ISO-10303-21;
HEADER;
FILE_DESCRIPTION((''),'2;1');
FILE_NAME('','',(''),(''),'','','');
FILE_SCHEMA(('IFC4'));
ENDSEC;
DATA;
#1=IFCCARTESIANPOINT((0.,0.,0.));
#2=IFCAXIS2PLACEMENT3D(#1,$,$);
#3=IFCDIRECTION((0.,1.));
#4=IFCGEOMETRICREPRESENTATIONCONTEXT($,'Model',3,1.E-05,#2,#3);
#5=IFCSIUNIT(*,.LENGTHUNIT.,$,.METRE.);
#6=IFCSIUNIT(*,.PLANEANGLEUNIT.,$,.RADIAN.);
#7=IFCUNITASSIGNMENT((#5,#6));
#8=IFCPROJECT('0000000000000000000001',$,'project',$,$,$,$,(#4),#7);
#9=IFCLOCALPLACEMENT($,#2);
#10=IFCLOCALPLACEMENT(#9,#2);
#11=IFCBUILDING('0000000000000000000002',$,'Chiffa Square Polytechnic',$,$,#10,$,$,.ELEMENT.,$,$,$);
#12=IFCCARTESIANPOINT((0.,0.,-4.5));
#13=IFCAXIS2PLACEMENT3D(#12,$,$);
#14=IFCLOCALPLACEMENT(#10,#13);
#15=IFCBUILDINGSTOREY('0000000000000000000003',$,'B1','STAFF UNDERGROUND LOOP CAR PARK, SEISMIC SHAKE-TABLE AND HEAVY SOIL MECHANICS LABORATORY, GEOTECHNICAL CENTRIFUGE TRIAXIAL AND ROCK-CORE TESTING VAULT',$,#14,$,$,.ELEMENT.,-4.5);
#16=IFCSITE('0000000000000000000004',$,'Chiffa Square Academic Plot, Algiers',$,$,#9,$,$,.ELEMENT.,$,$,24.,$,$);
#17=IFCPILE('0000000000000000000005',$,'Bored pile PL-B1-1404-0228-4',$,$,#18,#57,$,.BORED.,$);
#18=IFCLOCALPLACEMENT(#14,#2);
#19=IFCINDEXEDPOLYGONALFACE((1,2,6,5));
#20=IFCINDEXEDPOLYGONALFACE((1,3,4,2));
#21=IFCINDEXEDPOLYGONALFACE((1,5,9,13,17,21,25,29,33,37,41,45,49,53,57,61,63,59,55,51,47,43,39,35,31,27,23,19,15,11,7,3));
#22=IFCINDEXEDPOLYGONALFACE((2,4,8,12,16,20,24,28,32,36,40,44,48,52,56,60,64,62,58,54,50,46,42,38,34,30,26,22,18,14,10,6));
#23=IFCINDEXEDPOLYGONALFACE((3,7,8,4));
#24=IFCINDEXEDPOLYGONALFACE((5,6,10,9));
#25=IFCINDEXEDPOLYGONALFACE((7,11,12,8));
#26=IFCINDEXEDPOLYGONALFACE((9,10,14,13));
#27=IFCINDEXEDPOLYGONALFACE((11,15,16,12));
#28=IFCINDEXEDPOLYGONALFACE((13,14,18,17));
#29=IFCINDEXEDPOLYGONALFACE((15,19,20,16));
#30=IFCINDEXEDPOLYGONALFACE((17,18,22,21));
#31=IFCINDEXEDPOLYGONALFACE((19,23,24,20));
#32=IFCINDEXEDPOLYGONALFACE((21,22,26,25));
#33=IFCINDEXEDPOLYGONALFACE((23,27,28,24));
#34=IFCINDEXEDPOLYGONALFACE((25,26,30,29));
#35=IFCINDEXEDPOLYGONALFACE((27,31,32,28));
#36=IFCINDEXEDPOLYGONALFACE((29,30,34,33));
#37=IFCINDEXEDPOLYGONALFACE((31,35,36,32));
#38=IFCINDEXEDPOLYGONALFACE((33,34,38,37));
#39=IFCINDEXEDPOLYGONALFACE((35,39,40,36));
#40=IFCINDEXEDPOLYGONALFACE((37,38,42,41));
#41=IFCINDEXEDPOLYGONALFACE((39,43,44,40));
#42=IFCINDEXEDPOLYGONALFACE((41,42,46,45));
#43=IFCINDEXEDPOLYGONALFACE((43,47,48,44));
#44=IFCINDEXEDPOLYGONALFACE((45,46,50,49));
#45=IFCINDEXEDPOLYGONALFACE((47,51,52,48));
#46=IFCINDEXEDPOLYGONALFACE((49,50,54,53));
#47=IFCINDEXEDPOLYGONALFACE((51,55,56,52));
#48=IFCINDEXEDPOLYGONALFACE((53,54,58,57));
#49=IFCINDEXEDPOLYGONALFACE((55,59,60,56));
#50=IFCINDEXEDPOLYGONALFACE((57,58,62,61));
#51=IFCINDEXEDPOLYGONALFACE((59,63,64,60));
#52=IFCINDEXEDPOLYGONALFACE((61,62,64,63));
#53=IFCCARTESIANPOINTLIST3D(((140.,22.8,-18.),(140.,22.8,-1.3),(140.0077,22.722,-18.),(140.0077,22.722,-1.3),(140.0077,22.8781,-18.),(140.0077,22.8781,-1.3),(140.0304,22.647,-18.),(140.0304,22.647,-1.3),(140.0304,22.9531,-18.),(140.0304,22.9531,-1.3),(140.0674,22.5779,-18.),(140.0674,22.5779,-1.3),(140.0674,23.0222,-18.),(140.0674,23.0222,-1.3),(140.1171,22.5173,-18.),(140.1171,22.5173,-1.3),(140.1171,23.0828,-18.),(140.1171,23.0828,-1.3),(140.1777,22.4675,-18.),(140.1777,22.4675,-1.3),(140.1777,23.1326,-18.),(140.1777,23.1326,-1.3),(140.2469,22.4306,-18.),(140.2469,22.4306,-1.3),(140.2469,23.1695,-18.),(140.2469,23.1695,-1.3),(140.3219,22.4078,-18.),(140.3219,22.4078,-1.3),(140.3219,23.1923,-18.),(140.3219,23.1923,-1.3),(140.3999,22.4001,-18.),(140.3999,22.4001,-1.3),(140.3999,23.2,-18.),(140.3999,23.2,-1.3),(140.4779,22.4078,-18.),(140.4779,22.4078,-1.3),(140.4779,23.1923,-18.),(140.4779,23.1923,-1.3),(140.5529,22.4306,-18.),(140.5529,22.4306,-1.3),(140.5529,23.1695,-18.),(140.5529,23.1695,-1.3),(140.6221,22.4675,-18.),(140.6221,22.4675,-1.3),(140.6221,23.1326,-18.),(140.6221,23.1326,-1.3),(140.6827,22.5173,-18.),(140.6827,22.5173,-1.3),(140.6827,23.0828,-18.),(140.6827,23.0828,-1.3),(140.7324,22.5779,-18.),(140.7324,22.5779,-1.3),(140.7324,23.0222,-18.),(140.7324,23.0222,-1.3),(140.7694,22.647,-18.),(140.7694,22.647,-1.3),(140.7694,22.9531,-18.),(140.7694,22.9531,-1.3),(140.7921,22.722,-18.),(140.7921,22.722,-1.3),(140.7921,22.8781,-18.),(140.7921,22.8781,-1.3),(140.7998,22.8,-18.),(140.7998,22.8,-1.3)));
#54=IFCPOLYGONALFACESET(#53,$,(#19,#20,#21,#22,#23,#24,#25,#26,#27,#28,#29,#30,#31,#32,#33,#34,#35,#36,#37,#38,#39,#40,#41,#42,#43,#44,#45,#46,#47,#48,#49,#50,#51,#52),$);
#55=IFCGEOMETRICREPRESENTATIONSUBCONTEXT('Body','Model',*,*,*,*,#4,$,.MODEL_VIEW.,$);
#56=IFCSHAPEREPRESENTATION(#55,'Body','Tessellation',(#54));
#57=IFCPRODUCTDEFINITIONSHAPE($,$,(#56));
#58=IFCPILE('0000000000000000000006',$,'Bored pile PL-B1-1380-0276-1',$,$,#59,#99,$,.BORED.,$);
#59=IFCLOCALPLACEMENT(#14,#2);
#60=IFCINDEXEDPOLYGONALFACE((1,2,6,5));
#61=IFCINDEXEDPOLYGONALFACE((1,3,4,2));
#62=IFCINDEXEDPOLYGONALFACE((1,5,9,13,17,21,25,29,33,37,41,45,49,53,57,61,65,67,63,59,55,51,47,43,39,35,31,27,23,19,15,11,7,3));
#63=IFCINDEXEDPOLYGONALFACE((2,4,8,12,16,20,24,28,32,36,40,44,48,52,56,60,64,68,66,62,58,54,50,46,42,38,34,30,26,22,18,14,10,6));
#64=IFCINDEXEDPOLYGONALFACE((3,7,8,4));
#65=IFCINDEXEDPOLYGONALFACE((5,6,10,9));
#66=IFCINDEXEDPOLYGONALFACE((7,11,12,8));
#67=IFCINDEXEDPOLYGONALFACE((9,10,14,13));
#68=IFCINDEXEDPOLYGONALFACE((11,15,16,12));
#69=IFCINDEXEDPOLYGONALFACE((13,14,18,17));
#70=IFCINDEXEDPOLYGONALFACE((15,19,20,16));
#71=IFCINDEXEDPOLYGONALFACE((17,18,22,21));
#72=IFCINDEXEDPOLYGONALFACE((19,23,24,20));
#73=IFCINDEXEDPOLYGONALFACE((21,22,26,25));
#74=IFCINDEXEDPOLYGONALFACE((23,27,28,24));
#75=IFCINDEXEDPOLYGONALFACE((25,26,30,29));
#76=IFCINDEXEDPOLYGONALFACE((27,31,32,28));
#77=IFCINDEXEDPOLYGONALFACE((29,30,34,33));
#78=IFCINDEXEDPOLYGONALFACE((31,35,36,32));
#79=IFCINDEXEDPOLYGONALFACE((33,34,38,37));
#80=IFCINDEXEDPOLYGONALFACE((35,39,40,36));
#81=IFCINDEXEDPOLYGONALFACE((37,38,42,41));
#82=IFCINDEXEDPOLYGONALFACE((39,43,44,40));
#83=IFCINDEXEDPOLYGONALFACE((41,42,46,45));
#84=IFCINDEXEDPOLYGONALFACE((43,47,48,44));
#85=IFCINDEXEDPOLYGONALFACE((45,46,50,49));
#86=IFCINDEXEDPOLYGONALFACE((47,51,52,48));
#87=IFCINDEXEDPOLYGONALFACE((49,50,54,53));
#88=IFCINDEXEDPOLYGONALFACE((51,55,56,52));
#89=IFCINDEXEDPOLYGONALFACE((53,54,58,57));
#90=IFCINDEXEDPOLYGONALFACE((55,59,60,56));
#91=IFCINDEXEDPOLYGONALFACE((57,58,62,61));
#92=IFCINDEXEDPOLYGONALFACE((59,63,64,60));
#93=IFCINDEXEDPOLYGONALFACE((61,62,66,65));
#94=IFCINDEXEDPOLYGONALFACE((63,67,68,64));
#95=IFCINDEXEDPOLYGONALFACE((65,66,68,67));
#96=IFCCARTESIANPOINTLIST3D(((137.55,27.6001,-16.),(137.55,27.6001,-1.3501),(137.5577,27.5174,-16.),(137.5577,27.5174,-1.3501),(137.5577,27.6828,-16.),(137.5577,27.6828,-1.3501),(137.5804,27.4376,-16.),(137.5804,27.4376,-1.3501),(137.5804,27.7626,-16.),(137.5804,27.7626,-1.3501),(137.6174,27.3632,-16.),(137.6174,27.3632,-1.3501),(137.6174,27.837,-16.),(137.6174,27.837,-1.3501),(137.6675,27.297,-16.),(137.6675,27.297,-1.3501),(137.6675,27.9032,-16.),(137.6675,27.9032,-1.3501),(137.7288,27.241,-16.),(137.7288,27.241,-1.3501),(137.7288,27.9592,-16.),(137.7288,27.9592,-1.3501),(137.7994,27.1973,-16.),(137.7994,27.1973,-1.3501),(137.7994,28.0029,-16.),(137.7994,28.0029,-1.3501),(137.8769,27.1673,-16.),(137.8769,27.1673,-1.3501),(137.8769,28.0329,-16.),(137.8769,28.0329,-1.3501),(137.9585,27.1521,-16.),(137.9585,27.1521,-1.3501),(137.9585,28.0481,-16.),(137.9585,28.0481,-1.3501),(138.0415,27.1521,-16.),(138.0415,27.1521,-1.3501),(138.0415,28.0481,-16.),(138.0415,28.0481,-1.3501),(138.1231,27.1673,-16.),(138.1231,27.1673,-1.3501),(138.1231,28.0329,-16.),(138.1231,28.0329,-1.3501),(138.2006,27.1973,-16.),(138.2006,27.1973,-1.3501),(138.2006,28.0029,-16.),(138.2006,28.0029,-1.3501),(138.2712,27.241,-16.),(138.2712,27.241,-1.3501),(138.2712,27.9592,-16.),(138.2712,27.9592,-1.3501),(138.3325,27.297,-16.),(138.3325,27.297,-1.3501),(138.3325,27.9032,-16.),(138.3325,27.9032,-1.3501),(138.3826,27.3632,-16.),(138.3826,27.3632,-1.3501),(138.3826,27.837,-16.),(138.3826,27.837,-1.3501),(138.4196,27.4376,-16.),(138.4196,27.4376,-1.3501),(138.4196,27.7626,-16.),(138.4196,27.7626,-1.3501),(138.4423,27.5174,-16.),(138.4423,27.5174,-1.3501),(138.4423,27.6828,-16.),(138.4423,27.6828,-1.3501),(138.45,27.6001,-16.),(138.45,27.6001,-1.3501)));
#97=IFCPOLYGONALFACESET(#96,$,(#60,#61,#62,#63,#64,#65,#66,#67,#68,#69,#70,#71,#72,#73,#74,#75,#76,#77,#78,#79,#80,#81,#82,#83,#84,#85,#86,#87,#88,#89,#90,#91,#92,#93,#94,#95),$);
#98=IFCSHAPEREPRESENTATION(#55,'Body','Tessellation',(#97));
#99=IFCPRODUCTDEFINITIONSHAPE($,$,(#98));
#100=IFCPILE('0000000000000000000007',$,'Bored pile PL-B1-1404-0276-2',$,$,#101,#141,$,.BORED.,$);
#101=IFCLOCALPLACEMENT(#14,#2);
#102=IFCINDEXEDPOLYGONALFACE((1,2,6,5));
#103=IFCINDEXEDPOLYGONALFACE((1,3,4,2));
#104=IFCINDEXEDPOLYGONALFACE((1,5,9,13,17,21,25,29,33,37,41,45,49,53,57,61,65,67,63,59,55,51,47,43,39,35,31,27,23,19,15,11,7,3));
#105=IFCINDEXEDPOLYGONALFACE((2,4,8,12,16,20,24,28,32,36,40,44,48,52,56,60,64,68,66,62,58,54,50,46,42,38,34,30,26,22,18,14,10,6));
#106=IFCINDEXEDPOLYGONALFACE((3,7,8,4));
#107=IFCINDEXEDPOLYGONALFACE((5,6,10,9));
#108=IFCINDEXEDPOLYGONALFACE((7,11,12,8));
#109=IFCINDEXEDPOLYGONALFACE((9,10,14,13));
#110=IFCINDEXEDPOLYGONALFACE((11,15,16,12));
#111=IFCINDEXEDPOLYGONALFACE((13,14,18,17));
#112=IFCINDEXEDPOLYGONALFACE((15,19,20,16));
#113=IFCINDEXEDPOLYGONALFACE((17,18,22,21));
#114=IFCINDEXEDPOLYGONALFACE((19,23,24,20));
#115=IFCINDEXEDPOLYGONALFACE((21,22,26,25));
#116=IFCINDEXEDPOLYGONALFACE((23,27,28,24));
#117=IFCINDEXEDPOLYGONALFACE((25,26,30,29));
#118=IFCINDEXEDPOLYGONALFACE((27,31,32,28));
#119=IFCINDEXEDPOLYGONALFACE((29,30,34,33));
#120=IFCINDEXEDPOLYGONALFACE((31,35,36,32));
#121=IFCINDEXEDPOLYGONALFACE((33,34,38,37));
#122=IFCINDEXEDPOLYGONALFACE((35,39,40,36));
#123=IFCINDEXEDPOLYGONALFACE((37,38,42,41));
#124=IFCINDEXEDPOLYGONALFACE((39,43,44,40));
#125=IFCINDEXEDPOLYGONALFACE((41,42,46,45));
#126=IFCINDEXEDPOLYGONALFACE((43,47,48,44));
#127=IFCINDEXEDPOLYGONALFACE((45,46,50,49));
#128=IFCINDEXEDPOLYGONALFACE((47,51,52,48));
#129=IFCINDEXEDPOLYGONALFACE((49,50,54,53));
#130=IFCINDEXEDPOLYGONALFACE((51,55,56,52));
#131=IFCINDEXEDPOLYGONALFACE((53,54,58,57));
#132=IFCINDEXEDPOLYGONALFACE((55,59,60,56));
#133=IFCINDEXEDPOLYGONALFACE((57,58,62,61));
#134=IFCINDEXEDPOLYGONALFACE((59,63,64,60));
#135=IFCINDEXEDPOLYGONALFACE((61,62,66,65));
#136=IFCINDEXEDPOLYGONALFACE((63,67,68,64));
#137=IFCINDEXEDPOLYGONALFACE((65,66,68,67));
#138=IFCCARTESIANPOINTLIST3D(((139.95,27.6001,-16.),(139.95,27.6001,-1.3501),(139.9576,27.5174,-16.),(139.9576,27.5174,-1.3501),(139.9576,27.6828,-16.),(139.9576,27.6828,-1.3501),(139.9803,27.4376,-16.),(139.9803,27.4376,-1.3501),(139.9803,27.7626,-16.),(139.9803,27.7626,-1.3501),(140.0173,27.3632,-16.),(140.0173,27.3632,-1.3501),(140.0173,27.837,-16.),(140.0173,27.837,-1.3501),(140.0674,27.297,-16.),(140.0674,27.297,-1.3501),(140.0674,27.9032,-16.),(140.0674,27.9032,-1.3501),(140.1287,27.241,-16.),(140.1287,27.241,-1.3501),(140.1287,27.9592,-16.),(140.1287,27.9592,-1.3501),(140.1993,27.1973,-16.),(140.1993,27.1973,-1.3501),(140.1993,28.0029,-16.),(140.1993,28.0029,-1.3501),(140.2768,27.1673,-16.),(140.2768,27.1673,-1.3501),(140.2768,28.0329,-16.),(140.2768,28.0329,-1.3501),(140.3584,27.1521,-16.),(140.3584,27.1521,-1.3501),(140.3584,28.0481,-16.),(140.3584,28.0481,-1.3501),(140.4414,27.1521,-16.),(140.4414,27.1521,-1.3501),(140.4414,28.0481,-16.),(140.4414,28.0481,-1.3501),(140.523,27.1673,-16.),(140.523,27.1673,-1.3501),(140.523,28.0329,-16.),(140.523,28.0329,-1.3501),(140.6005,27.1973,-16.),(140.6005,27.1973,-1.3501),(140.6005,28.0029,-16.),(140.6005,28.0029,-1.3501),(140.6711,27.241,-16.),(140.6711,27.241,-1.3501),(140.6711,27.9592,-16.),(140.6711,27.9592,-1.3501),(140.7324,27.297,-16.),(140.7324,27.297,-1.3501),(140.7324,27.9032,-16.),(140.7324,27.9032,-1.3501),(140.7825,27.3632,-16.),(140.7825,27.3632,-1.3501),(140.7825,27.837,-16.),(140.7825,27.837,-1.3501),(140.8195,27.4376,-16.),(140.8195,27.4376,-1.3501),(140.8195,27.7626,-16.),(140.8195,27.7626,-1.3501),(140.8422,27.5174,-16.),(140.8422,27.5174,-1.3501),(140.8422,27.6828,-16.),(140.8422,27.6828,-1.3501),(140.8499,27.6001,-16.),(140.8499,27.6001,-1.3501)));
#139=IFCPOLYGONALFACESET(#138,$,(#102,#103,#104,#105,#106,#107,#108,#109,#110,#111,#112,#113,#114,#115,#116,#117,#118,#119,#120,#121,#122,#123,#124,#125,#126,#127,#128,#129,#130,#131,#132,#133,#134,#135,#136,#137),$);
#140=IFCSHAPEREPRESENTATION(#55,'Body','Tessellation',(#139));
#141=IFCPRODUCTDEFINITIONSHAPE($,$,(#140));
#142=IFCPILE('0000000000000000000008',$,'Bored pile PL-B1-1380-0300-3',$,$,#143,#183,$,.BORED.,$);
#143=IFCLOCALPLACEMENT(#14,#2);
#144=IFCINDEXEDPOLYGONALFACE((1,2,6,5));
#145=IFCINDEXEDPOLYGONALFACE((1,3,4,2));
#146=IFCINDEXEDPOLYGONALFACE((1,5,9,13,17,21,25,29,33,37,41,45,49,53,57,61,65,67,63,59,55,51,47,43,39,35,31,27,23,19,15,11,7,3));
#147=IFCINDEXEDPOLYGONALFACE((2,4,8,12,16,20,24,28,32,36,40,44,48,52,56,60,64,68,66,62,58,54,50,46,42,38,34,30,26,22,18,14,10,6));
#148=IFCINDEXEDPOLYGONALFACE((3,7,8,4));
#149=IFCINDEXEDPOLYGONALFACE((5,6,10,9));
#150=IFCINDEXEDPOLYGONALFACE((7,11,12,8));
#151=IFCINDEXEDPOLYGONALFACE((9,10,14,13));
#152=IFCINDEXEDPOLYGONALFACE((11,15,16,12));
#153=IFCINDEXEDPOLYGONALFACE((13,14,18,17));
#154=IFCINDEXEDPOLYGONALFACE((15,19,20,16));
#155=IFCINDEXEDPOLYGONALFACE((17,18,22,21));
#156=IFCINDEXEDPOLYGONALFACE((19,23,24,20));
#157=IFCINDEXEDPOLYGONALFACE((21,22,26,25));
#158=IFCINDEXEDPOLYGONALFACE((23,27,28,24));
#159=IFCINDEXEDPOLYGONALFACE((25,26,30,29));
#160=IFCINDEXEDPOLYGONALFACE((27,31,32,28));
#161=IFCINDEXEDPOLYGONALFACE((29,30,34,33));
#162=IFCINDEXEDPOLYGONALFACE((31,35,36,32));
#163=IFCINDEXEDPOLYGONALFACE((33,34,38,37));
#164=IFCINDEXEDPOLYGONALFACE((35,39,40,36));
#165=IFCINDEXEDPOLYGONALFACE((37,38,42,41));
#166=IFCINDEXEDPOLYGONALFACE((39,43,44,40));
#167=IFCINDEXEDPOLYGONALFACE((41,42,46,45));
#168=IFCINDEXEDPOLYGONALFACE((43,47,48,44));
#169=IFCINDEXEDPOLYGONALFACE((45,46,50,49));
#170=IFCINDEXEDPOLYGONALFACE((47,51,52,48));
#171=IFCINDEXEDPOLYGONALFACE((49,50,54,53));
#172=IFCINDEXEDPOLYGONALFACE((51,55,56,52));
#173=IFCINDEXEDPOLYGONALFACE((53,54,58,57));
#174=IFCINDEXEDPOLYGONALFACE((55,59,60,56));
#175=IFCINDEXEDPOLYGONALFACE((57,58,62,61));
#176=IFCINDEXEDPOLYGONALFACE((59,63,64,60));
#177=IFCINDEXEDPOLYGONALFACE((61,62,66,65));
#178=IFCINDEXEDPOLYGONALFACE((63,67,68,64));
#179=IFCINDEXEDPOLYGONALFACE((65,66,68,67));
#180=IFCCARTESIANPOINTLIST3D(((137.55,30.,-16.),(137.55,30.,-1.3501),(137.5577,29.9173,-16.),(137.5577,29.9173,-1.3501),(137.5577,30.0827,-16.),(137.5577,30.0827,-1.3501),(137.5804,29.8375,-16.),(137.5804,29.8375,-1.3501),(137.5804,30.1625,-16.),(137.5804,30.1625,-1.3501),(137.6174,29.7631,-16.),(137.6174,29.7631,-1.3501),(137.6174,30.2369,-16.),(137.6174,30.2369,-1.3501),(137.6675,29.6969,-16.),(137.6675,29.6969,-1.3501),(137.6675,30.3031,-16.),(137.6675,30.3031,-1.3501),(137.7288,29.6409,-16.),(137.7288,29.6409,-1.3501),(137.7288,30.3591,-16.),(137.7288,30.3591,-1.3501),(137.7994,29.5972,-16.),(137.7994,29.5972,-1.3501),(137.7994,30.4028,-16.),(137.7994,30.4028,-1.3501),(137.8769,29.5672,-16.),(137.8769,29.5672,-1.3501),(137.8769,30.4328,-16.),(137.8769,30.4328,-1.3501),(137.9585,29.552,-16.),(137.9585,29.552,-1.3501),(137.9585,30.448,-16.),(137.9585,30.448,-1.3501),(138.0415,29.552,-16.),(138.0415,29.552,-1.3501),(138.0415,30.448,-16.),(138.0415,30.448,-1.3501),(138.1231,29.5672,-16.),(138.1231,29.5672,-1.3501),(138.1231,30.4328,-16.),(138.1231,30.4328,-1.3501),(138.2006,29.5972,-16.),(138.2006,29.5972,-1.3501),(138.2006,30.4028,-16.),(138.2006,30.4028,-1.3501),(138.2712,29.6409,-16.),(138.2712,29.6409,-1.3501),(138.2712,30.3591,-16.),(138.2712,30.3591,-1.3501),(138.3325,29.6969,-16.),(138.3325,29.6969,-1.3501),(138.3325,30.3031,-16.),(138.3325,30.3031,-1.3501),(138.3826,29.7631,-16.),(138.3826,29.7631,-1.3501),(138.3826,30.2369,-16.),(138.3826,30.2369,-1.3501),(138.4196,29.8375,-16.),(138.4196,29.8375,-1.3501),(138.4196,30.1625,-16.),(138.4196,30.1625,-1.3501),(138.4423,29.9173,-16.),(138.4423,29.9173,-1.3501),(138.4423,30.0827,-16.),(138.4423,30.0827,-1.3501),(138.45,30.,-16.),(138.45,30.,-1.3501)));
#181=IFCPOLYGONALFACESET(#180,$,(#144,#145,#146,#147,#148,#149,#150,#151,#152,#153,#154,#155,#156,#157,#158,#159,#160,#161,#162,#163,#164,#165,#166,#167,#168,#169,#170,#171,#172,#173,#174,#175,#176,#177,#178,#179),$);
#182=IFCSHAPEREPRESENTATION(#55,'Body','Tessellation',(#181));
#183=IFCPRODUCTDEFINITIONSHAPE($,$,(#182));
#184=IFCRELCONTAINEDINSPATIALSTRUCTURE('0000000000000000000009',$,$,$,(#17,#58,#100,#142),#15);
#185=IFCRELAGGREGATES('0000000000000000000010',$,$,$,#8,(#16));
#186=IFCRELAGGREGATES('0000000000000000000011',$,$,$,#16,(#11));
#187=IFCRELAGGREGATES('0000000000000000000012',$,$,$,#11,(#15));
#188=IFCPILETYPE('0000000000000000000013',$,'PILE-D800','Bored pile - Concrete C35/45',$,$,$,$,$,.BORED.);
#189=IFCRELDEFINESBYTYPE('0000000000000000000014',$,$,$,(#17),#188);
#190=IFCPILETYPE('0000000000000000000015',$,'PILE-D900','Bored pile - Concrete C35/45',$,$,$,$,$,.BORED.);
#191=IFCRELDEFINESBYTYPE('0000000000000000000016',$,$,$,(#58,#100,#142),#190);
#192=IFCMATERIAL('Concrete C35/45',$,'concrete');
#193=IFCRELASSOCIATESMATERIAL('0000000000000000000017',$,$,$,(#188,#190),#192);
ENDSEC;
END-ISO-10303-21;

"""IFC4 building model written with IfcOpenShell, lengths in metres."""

from ifc_helpers import new_model, si_unit, direction, frame, origin, origin_2d, place, context, subcontext, project, spatial, circle, extrude, material, material_profile, profile_set, type_object, element, save


model = new_model("IFC4")

# Units and contexts
model_context = context("Model", 3, precision=1e-05, world=origin(), true_north=direction((0.0, 1.0)))
body_context = subcontext(model_context, "Body", "Model", "MODEL_VIEW")
ifc_project = project(units=[si_unit("LENGTHUNIT", "METRE"), si_unit("PLANEANGLEUNIT", "RADIAN")], contexts=[model_context])

# Site, building, storey
site_placement = place(None, origin())
site = spatial("IfcSite", under=ifc_project, at=site_placement, Name="Chiffa Square Academic Plot, Algiers", CompositionType="ELEMENT", RefElevation=24.0)
building_placement = place(site_placement, origin())
building = spatial("IfcBuilding", under=site, at=building_placement, Name="Chiffa Square Polytechnic", CompositionType="ELEMENT")
storey_placement = place(building_placement, frame((0.0, 0.0, -4.5)))
storey = spatial("IfcBuildingStorey", under=building, at=storey_placement, Name="B1", Description="STAFF UNDERGROUND LOOP CAR PARK, SEISMIC SHAKE-TABLE AND HEAVY SOIL MECHANICS LABORATORY, GEOTECHNICAL CENTRIFUGE TRIAXIAL AND ROCK-CORE TESTING VAULT", CompositionType="ELEMENT", Elevation=-4.5)

# Shared definitions
ifc_material_1 = material(Name="Concrete C35/45", Category="concrete")

# Piles
ifc_material_profile_1 = material_profile(ifc_material_1, circle(Radius=0.3999, at=origin_2d()), Name="PILE D800")
ifc_profile_set_1 = profile_set([ifc_material_profile_1], Name="Concrete C35/45")
pile_type_1 = type_object("IfcPileType", Name="PILE-D800", Description="Bored pile - Concrete C35/45", PredefinedType="BORED", material=ifc_profile_set_1)
for number, where, z_axis, x_axis, name in (
    (1, (140.3999, 22.8, -1.3), (0.0, 0.0, -1.0), (1.0, 0.0, 0.0), "Bored pile PL-B1-1404-0228-4"),
):
    element("IfcPile", number, at=place(storey_placement, frame(where, z_axis=z_axis, x_axis=x_axis)), inside=storey, type_object=pile_type_1, Name=name, PredefinedType="BORED", context=body_context, shape_type="SweptSolid", body=[
        extrude(circle(Radius=0.3999, at=origin_2d()), origin(), (0.0, 0.0, 1.0), 16.7),
    ])
ifc_material_profile_2 = material_profile(ifc_material_1, circle(Radius=0.45, at=origin_2d()), Name="PILE D900")
ifc_profile_set_2 = profile_set([ifc_material_profile_2], Name="Concrete C35/45")
pile_type_2 = type_object("IfcPileType", Name="PILE-D900", Description="Bored pile - Concrete C35/45", PredefinedType="BORED", material=ifc_profile_set_2)
for number, where, z_axis, x_axis, name in (
    (2, (138.0, 27.6001, -1.3501), (0.0, 0.0, -1.0), (1.0, 0.0, 0.0), "Bored pile PL-B1-1380-0276-1"),
    (3, (140.3999, 27.6001, -1.3501), (0.0, 0.0, -1.0), (1.0, 0.0, 0.0), "Bored pile PL-B1-1404-0276-2"),
    (4, (138.0, 30.0, -1.3501), (0.0, 0.0, -1.0), (1.0, 0.0, 0.0), "Bored pile PL-B1-1380-0300-3"),
):
    element("IfcPile", number, at=place(storey_placement, frame(where, z_axis=z_axis, x_axis=x_axis)), inside=storey, type_object=pile_type_2, Name=name, PredefinedType="BORED", context=body_context, shape_type="SweptSolid", body=[
        extrude(circle(Radius=0.45, at=origin_2d()), origin(), (0.0, 0.0, 1.0), 14.6499),
    ])

save(model, "model.ifc")
